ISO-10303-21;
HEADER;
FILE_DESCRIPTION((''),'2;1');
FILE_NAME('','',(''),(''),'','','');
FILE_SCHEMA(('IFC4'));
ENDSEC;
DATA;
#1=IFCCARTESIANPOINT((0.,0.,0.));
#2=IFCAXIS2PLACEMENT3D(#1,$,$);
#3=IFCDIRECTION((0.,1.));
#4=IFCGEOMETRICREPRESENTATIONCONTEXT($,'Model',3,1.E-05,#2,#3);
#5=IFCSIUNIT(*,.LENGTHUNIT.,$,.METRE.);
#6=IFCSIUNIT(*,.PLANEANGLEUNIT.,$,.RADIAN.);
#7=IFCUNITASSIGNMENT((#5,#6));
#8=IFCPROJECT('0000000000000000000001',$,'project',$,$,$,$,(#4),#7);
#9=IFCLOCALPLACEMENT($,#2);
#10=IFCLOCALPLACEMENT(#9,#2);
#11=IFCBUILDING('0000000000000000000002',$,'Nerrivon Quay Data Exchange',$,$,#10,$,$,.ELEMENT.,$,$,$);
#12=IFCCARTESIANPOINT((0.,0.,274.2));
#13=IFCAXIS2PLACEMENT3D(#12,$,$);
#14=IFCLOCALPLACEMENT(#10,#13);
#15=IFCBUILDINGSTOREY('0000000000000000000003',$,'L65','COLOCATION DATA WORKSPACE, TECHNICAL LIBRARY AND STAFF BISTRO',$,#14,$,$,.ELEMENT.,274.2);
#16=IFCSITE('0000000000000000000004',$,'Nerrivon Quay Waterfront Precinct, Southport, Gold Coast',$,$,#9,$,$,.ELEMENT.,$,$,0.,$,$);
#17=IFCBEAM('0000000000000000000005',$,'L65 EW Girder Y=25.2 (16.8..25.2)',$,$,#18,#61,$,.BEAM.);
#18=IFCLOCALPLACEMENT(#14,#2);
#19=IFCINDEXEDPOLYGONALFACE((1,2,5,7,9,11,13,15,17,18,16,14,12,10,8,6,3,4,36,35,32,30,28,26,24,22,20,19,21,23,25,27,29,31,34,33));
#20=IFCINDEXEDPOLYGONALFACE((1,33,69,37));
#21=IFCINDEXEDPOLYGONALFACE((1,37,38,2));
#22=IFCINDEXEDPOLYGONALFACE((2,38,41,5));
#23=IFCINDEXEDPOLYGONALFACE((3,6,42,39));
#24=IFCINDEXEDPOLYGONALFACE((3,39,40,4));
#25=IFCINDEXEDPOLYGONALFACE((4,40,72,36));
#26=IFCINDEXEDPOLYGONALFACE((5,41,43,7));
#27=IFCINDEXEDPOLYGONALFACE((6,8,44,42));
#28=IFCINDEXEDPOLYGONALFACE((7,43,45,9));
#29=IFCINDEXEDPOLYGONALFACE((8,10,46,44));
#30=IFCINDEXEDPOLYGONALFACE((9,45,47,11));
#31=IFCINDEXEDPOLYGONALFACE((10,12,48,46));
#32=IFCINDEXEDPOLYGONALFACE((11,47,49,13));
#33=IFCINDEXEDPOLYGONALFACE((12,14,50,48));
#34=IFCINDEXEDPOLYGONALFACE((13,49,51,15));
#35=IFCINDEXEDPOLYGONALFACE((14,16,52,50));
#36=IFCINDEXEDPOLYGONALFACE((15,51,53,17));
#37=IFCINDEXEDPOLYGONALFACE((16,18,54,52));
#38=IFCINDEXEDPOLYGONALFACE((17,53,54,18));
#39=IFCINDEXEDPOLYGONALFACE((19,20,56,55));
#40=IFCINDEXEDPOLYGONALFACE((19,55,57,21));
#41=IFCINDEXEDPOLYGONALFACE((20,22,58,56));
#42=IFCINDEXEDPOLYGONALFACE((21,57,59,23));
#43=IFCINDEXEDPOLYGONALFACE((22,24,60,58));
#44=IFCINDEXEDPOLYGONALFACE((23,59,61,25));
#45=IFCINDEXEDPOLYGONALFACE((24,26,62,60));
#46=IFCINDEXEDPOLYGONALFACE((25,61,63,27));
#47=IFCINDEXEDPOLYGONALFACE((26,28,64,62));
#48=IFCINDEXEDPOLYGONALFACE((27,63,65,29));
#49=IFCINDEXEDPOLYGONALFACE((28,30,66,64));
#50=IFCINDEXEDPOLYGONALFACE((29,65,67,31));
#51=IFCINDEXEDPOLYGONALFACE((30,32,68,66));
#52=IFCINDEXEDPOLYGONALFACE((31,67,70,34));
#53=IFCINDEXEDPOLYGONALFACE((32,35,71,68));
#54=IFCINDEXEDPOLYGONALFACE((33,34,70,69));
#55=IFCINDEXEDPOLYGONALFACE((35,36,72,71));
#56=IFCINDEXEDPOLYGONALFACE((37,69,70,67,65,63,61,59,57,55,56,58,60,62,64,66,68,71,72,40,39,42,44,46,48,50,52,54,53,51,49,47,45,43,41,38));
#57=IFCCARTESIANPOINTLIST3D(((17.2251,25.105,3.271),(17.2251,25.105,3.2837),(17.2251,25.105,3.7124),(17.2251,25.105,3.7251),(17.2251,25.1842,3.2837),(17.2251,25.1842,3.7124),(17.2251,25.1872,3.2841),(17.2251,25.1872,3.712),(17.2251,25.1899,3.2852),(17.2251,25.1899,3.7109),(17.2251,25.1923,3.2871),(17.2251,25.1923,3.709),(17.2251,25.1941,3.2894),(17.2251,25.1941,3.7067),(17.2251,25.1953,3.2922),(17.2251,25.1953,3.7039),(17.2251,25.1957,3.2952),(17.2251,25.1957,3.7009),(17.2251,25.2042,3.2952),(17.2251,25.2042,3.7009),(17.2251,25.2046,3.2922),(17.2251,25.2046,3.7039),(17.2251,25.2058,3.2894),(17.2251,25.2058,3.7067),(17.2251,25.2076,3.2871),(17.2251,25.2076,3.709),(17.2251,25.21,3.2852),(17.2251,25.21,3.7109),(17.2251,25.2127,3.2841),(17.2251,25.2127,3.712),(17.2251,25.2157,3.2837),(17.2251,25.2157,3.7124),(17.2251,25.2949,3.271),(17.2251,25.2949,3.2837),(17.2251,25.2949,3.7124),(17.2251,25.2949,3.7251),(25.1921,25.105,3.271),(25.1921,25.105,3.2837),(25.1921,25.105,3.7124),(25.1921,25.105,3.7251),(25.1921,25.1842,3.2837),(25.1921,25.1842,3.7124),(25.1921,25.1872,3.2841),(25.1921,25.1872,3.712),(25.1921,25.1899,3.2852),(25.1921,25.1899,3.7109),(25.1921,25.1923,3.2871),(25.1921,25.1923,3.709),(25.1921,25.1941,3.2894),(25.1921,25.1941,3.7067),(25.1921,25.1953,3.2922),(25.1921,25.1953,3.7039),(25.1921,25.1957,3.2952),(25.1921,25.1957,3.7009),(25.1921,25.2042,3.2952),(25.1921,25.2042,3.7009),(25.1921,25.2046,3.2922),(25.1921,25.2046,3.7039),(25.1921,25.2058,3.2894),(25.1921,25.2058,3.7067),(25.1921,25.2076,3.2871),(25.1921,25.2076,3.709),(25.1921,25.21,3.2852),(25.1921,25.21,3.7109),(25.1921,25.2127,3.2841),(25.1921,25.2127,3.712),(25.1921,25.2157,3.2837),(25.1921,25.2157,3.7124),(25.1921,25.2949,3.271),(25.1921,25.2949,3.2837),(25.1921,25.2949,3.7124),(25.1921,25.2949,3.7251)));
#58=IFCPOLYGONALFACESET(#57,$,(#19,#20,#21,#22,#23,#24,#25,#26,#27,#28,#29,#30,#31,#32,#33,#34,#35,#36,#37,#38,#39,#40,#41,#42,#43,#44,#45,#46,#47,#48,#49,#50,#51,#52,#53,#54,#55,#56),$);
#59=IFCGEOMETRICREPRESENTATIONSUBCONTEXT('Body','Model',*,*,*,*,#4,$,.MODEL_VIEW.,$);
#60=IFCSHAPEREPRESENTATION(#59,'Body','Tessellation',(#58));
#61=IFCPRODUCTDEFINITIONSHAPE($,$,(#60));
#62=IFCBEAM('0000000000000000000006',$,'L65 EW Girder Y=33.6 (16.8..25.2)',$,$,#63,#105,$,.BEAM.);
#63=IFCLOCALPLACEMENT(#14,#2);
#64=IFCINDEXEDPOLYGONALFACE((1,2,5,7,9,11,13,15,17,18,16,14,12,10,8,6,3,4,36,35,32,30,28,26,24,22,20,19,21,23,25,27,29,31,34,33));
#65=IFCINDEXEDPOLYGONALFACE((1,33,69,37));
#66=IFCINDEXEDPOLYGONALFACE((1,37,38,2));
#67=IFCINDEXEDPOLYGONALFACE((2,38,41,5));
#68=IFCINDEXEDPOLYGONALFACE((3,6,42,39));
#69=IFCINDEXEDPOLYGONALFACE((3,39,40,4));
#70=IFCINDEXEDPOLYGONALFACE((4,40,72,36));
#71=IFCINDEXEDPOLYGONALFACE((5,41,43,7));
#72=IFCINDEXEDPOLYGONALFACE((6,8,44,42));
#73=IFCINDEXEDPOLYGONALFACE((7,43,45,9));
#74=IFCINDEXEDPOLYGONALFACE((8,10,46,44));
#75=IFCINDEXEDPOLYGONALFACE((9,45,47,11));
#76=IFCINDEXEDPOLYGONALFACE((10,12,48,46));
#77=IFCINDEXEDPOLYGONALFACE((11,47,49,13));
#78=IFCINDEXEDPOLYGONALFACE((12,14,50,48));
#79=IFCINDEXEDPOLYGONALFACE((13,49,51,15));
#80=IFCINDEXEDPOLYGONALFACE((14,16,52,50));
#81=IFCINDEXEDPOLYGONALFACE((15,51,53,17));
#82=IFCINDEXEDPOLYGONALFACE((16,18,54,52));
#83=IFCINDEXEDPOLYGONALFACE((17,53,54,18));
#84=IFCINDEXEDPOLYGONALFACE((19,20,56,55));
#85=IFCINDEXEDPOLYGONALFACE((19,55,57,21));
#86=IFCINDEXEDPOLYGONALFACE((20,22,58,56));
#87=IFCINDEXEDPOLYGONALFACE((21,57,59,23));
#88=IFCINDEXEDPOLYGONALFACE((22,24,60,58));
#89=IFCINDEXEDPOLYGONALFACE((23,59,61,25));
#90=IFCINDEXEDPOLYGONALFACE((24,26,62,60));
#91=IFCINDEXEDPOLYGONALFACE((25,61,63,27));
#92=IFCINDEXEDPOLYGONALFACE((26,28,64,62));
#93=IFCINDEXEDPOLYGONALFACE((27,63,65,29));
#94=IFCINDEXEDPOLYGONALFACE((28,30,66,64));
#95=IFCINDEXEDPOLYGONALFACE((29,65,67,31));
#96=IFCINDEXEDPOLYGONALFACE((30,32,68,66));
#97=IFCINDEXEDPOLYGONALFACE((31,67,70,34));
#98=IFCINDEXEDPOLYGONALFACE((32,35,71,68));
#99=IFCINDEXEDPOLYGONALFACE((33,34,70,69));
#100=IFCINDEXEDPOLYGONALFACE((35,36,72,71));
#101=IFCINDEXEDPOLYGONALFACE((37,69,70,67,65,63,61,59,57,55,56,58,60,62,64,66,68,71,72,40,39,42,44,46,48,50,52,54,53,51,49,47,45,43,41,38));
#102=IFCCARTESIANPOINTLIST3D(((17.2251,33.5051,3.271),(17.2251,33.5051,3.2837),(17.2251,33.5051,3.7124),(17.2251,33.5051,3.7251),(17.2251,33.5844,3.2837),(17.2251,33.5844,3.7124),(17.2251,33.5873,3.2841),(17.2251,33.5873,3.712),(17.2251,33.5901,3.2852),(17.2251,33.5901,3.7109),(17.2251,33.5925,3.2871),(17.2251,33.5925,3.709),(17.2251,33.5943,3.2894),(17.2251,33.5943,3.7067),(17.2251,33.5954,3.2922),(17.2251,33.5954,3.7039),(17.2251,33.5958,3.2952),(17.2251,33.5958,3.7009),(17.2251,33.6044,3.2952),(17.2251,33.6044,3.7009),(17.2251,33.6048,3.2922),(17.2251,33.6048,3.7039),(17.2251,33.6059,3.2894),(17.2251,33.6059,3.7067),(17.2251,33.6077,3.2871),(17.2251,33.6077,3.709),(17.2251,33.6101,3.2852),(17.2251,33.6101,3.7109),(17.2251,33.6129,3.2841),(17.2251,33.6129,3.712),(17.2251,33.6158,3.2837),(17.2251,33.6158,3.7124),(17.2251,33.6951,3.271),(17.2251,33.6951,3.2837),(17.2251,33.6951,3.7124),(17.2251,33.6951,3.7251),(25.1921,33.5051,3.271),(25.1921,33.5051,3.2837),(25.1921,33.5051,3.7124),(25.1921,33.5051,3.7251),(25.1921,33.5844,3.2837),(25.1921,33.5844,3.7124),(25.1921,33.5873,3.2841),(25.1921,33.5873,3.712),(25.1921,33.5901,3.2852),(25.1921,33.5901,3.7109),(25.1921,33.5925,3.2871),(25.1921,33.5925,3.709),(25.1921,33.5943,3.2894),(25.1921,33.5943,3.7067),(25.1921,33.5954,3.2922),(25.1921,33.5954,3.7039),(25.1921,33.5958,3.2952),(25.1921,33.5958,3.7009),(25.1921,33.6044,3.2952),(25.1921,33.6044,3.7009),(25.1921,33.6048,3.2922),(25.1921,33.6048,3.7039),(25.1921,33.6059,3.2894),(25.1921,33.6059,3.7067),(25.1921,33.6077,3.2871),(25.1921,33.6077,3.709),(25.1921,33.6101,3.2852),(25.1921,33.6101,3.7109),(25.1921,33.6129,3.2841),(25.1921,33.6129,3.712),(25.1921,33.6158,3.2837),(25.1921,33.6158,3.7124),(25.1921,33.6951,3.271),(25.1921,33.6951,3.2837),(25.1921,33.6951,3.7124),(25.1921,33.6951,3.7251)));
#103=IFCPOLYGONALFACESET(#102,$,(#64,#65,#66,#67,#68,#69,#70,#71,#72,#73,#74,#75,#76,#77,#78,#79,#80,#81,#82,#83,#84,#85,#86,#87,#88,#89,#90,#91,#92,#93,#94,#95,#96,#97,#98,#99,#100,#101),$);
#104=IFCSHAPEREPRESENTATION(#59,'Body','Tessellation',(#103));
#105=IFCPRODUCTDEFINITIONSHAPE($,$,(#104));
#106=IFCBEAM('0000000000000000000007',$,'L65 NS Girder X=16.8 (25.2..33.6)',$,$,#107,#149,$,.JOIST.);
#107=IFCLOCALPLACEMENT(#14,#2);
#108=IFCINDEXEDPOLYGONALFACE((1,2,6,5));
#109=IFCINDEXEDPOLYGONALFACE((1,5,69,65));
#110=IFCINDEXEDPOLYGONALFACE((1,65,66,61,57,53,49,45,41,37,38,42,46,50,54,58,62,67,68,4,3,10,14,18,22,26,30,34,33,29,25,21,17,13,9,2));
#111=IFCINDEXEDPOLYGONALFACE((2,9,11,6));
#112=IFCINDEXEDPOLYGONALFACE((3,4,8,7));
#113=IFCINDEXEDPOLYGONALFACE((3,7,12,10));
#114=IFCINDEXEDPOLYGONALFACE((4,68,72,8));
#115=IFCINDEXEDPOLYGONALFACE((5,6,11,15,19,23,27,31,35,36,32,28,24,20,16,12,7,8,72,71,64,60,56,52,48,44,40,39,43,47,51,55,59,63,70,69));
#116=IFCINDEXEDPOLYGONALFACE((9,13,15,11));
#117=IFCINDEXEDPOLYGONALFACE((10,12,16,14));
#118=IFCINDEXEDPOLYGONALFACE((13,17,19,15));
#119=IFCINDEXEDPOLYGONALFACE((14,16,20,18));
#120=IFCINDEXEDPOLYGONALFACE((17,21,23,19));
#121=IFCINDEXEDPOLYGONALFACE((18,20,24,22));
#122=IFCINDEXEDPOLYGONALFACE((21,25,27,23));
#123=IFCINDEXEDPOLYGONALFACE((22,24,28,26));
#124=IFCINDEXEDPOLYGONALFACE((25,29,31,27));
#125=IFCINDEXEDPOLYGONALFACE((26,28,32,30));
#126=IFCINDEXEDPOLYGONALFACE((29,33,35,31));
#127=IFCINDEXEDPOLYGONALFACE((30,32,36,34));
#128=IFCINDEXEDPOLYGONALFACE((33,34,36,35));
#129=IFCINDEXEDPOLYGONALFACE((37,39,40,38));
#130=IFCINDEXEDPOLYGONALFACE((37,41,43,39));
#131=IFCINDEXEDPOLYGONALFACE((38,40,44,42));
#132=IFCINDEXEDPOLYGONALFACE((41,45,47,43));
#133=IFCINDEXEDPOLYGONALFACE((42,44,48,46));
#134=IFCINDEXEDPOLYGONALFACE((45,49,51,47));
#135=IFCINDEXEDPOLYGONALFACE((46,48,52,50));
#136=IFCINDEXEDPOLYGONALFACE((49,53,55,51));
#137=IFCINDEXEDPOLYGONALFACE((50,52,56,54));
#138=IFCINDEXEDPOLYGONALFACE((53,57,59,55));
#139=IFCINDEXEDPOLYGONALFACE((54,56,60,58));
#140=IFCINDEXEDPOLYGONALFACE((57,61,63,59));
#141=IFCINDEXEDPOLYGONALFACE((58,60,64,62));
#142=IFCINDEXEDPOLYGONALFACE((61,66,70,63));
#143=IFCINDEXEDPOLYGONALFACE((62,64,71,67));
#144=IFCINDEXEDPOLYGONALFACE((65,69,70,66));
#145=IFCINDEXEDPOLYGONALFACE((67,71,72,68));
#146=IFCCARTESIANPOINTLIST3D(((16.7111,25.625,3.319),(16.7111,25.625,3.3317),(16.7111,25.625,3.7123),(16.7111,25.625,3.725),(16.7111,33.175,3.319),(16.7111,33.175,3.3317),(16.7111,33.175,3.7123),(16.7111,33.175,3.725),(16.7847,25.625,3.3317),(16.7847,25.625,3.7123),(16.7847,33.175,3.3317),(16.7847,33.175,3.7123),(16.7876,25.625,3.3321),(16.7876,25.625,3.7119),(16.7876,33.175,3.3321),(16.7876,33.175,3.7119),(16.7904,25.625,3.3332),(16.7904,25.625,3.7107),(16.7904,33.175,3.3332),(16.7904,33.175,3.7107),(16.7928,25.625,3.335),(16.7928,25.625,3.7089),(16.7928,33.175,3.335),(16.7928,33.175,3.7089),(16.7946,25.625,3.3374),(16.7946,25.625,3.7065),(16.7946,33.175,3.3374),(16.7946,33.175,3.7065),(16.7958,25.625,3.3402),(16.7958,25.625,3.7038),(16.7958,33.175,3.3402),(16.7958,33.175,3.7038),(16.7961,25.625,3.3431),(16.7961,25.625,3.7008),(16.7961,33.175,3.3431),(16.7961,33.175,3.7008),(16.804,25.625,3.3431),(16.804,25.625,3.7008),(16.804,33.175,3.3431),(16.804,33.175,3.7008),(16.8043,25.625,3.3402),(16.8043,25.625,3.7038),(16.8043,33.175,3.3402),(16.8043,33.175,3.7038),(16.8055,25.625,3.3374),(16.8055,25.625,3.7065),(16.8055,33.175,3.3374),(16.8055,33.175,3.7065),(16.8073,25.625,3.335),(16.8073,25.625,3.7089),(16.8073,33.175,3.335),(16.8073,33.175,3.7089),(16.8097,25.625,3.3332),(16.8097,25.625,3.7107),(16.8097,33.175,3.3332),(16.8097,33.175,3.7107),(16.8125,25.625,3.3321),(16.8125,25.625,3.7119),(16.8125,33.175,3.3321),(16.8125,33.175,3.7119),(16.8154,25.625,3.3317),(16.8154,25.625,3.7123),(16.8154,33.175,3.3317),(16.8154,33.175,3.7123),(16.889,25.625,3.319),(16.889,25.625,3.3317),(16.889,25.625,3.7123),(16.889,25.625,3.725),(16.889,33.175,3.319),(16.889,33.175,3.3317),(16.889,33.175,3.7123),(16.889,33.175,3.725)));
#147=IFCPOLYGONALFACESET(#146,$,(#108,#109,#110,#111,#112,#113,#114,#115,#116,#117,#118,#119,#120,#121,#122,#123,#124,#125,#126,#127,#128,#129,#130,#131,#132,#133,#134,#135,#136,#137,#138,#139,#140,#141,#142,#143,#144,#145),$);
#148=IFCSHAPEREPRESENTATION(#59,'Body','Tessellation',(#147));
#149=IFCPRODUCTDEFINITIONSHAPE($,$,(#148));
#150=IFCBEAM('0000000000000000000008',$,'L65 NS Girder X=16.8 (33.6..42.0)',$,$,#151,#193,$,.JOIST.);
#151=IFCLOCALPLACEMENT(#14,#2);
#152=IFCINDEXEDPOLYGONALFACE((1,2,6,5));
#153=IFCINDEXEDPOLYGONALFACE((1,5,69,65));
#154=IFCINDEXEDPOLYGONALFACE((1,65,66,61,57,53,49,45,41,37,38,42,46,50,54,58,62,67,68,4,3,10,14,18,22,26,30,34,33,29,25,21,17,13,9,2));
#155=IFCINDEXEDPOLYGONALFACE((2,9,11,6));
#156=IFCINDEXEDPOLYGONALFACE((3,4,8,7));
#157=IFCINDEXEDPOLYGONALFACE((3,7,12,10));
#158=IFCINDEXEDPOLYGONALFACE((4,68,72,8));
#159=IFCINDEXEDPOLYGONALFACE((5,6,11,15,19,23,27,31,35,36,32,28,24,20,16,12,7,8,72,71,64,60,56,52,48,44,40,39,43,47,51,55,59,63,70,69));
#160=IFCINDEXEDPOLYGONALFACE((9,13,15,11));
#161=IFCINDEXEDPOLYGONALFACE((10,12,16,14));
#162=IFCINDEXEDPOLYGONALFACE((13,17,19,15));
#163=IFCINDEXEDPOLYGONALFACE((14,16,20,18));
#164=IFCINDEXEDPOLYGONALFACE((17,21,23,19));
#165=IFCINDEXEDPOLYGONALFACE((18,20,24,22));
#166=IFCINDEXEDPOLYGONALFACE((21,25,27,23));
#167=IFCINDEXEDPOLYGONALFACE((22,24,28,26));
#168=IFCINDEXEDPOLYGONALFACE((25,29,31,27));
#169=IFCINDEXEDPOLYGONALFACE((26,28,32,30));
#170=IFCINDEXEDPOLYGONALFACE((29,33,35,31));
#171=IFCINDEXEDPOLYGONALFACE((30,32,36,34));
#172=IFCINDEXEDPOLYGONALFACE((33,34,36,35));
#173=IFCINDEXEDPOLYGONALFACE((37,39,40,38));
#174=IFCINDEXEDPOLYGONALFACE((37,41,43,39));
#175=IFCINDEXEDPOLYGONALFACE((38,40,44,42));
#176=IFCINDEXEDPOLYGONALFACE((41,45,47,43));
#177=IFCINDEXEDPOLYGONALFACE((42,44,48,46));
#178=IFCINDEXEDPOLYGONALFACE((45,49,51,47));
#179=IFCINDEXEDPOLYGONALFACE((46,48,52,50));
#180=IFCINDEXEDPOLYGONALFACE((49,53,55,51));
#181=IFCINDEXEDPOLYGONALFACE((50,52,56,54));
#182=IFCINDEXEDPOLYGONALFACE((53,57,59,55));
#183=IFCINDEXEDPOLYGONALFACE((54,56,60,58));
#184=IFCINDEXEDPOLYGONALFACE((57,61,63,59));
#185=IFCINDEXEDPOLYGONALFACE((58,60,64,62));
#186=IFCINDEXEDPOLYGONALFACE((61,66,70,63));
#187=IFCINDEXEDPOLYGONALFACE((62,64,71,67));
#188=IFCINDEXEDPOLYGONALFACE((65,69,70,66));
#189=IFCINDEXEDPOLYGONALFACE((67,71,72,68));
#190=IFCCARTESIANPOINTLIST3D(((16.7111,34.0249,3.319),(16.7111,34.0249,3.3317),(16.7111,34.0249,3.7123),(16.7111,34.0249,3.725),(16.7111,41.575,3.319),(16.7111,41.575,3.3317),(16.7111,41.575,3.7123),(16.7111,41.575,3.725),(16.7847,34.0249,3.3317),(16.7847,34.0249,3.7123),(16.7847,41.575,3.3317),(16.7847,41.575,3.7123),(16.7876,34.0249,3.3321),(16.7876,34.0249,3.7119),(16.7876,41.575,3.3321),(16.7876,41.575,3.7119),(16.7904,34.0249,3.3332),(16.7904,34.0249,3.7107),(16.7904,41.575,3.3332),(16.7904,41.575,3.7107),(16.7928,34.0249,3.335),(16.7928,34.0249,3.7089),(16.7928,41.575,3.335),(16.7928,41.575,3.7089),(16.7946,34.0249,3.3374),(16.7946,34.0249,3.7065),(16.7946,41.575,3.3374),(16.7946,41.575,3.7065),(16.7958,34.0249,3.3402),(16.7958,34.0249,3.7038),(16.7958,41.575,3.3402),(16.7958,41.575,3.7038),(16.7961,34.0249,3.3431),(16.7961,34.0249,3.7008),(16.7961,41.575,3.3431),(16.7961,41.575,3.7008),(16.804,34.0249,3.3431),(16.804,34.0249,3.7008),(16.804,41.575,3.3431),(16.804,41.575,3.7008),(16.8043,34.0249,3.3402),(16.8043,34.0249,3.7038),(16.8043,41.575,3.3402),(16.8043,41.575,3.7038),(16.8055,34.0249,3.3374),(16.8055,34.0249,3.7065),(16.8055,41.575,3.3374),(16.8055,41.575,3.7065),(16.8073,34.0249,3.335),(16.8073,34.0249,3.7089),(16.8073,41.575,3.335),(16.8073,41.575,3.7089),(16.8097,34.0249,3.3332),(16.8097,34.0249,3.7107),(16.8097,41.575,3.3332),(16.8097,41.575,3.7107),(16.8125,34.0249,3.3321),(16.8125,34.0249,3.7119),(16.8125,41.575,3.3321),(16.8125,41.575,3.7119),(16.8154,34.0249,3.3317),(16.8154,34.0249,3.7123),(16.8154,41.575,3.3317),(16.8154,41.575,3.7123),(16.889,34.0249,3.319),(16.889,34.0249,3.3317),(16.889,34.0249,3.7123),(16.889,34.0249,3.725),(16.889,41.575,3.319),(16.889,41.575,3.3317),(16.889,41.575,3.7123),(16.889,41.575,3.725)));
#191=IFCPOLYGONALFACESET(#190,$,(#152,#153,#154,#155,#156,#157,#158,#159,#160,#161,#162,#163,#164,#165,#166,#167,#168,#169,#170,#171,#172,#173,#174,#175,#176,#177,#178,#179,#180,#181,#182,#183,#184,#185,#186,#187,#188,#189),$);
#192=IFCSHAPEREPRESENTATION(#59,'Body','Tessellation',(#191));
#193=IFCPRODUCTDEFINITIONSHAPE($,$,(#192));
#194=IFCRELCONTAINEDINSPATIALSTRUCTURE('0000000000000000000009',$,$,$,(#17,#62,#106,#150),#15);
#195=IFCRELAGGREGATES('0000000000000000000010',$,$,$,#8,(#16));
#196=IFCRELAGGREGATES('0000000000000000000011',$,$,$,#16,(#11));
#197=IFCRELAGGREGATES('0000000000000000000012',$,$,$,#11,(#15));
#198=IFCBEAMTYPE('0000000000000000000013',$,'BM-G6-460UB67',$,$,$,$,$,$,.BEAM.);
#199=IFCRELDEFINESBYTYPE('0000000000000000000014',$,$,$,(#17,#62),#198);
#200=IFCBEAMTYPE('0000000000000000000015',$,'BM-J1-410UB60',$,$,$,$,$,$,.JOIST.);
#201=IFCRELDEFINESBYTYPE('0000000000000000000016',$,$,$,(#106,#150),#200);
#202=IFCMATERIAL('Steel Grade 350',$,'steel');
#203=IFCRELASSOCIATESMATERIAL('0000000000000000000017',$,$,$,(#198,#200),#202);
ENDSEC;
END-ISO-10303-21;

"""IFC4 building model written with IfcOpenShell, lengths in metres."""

from ifc_helpers import new_model, si_unit, direction, frame, origin, origin_2d, place, context, subcontext, project, spatial, i_section, extrude, material, material_profile, profile_set, type_object, element, save


model = new_model("IFC4")

# Units and contexts
model_context = context("Model", 3, precision=1e-05, world=origin(), true_north=direction((0.0, 1.0)))
body_context = subcontext(model_context, "Body", "Model", "MODEL_VIEW")
ifc_project = project(units=[si_unit("LENGTHUNIT", "METRE"), si_unit("PLANEANGLEUNIT", "RADIAN")], contexts=[model_context])

# Site, building, storey
site_placement = place(None, origin())
site = spatial("IfcSite", under=ifc_project, at=site_placement, Name="Nerrivon Quay Waterfront Precinct, Southport, Gold Coast", CompositionType="ELEMENT", RefElevation=0.0)
building_placement = place(site_placement, origin())
building = spatial("IfcBuilding", under=site, at=building_placement, Name="Nerrivon Quay Data Exchange", CompositionType="ELEMENT")
storey_placement = place(building_placement, frame((0.0, 0.0, 274.2)))
storey = spatial("IfcBuildingStorey", under=building, at=storey_placement, Name="L65", Description="COLOCATION DATA WORKSPACE, TECHNICAL LIBRARY AND STAFF BISTRO", CompositionType="ELEMENT", Elevation=274.2)

# Beams
ifc_material_1 = material(Name="Steel Grade 350", Category="steel")
ifc_material_profile_1 = material_profile(ifc_material_1, i_section(OverallWidth=0.1899, OverallDepth=0.4541, WebThickness=0.0085, FlangeThickness=0.0127, FilletRadius=0.0115, at=origin_2d()), Name="460UB67.1")
ifc_profile_set_1 = profile_set([ifc_material_profile_1], Name="Steel Grade 350")
beam_type_1 = type_object("IfcBeamType", Name="BM-G6-460UB67", PredefinedType="BEAM", material=ifc_profile_set_1)
for number, where, z_axis, x_axis, name in (
    (1, (17.2251, 25.2, 3.498), (1.0, 0.0, 0.0), (0.0, 1.0, 0.0), "L65 EW Girder Y=25.2 (16.8..25.2)"),
    (2, (17.2251, 33.6001, 3.498), (1.0, 0.0, 0.0), (0.0, 1.0, 0.0), "L65 EW Girder Y=33.6 (16.8..25.2)"),
):
    element("IfcBeam", number, at=place(storey_placement, frame(where, z_axis=z_axis, x_axis=x_axis)), inside=storey, type_object=beam_type_1, Name=name, PredefinedType="BEAM", context=body_context, shape_type="SweptSolid", body=[
        extrude(i_section(OverallWidth=0.1899, OverallDepth=0.4541, WebThickness=0.0085, FlangeThickness=0.0127, FilletRadius=0.0115, at=origin_2d()), origin(), (0.0, 0.0, 1.0), 7.967),
    ])
ifc_material_profile_2 = material_profile(ifc_material_1, i_section(OverallWidth=0.178, OverallDepth=0.406, WebThickness=0.0078, FlangeThickness=0.0127, FilletRadius=0.0115, at=origin_2d()), Name="410UB59.7")
ifc_profile_set_2 = profile_set([ifc_material_profile_2], Name="Steel Grade 350")
beam_type_2 = type_object("IfcBeamType", Name="BM-J1-410UB60", PredefinedType="JOIST", material=ifc_profile_set_2)
for number, where, z_axis, x_axis, name in (
    (3, (16.8, 25.625, 3.522), (0.0, 1.0, 0.0), (-1.0, 0.0, 0.0), "L65 NS Girder X=16.8 (25.2..33.6)"),
    (4, (16.8, 34.0249, 3.522), (0.0, 1.0, 0.0), (-1.0, 0.0, 0.0), "L65 NS Girder X=16.8 (33.6..42.0)"),
):
    element("IfcBeam", number, at=place(storey_placement, frame(where, z_axis=z_axis, x_axis=x_axis)), inside=storey, type_object=beam_type_2, Name=name, PredefinedType="JOIST", context=body_context, shape_type="SweptSolid", body=[
        extrude(i_section(OverallWidth=0.178, OverallDepth=0.406, WebThickness=0.0078, FlangeThickness=0.0127, FilletRadius=0.0115, at=origin_2d()), origin(), (0.0, 0.0, 1.0), 7.55),
    ])

save(model, "model.ifc")
